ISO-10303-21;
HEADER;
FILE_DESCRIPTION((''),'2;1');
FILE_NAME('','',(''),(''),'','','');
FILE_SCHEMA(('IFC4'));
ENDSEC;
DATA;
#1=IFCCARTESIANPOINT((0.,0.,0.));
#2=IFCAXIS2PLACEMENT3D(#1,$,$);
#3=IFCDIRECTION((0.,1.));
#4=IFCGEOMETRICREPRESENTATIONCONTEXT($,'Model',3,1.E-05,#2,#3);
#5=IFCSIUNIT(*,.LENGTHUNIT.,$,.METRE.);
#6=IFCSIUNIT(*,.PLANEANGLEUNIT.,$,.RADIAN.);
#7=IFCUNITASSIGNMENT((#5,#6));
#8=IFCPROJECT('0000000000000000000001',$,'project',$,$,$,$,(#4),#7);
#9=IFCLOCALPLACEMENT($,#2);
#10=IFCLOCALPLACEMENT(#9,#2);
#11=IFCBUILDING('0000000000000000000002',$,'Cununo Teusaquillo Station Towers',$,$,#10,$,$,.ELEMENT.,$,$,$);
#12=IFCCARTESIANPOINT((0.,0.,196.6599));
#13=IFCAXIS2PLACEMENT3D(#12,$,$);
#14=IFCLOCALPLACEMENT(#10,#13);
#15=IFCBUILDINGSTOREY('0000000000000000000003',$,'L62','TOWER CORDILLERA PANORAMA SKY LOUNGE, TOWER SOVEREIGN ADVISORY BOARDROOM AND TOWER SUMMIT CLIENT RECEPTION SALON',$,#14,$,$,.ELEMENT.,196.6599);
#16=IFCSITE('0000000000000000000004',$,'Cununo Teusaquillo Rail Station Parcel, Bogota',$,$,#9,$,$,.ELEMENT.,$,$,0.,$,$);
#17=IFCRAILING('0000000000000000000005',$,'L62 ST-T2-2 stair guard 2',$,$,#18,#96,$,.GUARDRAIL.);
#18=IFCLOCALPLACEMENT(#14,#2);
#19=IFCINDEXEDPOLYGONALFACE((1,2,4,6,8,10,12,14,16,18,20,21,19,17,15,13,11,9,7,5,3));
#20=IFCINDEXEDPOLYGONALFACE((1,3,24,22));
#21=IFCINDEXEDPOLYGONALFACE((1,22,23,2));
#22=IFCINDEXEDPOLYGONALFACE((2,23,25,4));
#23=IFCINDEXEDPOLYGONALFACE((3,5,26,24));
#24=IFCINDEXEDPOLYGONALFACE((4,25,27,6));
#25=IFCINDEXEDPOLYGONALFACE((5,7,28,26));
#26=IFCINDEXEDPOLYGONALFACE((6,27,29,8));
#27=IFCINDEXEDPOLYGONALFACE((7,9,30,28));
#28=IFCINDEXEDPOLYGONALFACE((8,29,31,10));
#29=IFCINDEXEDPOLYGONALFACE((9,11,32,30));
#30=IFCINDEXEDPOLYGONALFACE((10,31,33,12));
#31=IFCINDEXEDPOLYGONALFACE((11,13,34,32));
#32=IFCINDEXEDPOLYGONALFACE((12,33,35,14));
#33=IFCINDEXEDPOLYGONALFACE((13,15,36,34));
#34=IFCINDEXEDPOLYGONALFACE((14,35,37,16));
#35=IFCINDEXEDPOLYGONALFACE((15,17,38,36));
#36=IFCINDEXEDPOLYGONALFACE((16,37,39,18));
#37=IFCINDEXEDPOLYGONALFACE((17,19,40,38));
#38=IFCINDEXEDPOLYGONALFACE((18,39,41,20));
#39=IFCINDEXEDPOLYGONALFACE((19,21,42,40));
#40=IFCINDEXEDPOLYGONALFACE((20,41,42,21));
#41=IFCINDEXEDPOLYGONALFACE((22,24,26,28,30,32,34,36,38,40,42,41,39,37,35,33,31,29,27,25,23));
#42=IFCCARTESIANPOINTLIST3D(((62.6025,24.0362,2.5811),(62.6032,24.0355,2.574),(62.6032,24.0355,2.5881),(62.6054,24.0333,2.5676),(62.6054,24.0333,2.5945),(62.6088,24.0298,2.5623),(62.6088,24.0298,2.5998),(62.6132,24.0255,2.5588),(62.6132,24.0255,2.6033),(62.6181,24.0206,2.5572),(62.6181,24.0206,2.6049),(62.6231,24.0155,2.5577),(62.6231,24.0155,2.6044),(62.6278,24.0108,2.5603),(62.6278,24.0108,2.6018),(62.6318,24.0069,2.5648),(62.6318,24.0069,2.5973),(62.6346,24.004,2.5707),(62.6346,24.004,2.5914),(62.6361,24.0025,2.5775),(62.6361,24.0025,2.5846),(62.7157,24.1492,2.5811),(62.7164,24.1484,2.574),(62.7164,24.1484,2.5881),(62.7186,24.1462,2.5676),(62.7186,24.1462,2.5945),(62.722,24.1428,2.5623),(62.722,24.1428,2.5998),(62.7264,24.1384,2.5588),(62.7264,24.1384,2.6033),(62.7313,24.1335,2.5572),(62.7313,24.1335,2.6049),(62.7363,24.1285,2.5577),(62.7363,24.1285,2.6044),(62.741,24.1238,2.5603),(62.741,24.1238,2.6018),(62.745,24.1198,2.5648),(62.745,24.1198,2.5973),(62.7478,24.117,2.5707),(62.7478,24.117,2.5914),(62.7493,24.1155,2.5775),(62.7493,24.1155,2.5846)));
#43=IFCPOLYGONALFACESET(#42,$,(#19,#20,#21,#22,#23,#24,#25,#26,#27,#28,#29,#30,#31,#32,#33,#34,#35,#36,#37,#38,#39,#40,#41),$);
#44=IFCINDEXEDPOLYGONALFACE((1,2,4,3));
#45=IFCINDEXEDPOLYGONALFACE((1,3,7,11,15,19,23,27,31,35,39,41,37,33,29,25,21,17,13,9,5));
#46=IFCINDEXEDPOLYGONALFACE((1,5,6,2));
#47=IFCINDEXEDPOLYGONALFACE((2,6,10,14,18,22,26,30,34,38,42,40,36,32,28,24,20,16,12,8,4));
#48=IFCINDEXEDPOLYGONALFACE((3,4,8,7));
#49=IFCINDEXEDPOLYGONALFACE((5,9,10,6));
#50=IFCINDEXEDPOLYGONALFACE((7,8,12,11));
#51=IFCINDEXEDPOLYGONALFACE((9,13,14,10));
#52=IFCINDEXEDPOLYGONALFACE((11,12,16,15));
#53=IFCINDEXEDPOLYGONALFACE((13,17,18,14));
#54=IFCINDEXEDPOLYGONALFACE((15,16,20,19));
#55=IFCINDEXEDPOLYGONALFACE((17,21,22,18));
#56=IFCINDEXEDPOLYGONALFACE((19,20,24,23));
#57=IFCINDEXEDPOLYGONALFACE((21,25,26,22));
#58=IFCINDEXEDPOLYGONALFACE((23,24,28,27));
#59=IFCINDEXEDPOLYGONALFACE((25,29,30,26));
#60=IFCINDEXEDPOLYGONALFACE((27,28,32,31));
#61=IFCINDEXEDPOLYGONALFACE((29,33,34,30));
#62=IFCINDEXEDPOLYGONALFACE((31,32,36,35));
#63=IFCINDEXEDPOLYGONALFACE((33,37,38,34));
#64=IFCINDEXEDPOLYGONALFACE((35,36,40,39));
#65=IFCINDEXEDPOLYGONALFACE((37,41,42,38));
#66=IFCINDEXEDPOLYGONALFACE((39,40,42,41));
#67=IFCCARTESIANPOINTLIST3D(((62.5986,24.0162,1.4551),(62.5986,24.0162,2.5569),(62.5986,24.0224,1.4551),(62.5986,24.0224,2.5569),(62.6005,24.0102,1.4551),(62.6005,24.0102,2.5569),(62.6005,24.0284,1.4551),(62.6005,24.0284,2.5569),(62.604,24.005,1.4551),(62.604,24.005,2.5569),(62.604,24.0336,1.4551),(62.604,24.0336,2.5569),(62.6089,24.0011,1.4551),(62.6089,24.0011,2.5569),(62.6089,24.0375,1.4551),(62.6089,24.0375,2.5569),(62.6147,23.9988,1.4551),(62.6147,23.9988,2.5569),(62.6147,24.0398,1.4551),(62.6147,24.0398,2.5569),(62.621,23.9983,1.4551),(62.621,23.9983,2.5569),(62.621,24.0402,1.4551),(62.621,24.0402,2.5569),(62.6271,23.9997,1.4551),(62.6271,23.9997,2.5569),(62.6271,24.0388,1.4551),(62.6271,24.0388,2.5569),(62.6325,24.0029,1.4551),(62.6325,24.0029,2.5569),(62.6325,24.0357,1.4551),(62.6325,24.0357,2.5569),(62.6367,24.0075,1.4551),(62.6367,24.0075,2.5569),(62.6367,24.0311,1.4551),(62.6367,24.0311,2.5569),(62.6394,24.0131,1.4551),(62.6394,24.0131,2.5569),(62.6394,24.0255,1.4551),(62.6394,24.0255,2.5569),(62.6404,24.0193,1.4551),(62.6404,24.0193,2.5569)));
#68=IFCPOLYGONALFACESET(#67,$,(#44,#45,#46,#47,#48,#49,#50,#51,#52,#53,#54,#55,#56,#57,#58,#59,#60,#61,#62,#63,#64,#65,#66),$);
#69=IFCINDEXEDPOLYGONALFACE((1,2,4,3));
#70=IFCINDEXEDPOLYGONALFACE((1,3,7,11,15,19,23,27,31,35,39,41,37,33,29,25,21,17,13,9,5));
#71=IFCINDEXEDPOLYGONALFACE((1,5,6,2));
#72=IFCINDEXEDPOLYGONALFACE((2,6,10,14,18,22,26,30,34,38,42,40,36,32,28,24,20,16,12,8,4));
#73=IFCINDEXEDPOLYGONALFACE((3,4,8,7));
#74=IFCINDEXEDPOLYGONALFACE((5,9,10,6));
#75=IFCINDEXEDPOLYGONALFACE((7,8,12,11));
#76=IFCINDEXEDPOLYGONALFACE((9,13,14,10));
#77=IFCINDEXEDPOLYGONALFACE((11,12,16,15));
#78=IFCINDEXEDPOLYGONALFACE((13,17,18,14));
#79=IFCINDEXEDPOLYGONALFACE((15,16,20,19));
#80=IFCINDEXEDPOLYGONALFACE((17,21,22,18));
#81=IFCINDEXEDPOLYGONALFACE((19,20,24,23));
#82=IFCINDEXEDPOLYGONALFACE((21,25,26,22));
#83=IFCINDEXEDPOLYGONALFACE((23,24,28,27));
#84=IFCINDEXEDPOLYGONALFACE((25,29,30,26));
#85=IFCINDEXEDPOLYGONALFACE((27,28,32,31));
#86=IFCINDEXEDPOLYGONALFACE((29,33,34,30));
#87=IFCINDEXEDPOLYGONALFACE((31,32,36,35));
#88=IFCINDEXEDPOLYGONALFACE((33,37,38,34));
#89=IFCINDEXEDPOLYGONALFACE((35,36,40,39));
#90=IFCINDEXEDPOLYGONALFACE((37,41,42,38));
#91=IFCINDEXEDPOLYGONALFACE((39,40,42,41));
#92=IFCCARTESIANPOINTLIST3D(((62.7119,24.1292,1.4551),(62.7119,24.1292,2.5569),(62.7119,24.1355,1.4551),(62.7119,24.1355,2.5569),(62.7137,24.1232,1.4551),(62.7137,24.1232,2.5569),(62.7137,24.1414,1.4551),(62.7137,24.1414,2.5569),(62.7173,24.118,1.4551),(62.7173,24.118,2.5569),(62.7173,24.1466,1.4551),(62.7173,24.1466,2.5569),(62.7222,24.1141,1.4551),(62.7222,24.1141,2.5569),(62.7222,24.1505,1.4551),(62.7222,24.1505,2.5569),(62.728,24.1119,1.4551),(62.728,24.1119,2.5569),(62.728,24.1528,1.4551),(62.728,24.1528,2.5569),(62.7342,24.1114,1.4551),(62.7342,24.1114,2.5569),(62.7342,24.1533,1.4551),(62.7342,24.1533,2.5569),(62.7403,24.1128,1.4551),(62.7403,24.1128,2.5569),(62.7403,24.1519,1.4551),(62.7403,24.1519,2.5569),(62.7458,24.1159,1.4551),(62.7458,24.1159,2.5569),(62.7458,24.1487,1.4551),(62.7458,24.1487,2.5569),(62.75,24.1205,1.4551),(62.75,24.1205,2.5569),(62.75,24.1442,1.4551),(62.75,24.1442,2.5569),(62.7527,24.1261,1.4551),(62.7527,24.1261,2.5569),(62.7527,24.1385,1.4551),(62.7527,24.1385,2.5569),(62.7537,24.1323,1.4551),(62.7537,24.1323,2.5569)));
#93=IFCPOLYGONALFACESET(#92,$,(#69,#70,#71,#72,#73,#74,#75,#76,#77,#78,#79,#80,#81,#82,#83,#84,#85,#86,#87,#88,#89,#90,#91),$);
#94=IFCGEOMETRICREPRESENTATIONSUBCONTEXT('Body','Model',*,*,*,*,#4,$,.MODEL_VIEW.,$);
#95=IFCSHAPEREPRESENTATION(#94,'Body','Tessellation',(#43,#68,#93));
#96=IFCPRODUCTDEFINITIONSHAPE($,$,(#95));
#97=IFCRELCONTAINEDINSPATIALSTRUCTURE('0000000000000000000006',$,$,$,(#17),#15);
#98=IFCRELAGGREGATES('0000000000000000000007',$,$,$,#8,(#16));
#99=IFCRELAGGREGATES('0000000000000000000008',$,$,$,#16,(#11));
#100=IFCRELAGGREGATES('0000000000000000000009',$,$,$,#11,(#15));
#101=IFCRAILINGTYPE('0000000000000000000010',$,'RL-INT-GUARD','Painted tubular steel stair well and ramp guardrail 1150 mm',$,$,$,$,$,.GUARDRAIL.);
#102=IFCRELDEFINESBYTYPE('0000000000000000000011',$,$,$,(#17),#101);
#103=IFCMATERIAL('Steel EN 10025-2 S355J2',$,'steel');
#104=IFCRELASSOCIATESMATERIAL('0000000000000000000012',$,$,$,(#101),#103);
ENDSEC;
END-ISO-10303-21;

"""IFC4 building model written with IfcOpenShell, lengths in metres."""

from ifc_helpers import new_model, si_unit, direction, frame, origin, origin_2d, place, context, subcontext, project, spatial, circle, extrude, material, type_object, element, save


model = new_model("IFC4")

# Units and contexts
model_context = context("Model", 3, precision=1e-05, world=origin(), true_north=direction((0.0, 1.0)))
body_context = subcontext(model_context, "Body", "Model", "MODEL_VIEW")
ifc_project = project(units=[si_unit("LENGTHUNIT", "METRE"), si_unit("PLANEANGLEUNIT", "RADIAN")], contexts=[model_context])

# Site, building, storey
site_placement = place(None, origin())
site = spatial("IfcSite", under=ifc_project, at=site_placement, Name="Cununo Teusaquillo Rail Station Parcel, Bogota", CompositionType="ELEMENT", RefElevation=0.0)
building_placement = place(site_placement, origin())
building = spatial("IfcBuilding", under=site, at=building_placement, Name="Cununo Teusaquillo Station Towers", CompositionType="ELEMENT")
storey_placement = place(building_placement, frame((0.0, 0.0, 196.6599)))
storey = spatial("IfcBuildingStorey", under=building, at=storey_placement, Name="L62", Description="TOWER CORDILLERA PANORAMA SKY LOUNGE, TOWER SOVEREIGN ADVISORY BOARDROOM AND TOWER SUMMIT CLIENT RECEPTION SALON", CompositionType="ELEMENT", Elevation=196.6599)

# Railing
ifc_material_1 = material(Name="Steel EN 10025-2 S355J2", Category="steel")
railing_type_1 = type_object("IfcRailingType", Name="RL-INT-GUARD", Description="Painted tubular steel stair well and ramp guardrail 1150 mm", PredefinedType="GUARDRAIL", material=ifc_material_1)
railing_1_placement = place(storey_placement, frame((62.6194, 24.0193, 1.4551)))
element("IfcRailing", 1, at=railing_1_placement, inside=storey, type_object=railing_type_1, Name="L62 ST-T2-2 stair guard 2", PredefinedType="GUARDRAIL", context=body_context, shape_type="SweptSolid", body=[
    extrude(circle(Radius=0.0239, at=origin_2d()), frame((0.0, 0.0, 1.126), z_axis=(0.707869, 0.706344, 0.0), x_axis=(-0.706344, 0.707869, 0.0)), (0.0, 0.0, 1.0), 0.1599),
    extrude(circle(Radius=0.021, at=origin_2d()), origin(), (0.0, 0.0, 1.0), 1.1018),
    extrude(circle(Radius=0.021, at=origin_2d()), frame((0.1133, 0.113, 0.0)), (0.0, 0.0, 1.0), 1.1018),
])

save(model, "model.ifc")
